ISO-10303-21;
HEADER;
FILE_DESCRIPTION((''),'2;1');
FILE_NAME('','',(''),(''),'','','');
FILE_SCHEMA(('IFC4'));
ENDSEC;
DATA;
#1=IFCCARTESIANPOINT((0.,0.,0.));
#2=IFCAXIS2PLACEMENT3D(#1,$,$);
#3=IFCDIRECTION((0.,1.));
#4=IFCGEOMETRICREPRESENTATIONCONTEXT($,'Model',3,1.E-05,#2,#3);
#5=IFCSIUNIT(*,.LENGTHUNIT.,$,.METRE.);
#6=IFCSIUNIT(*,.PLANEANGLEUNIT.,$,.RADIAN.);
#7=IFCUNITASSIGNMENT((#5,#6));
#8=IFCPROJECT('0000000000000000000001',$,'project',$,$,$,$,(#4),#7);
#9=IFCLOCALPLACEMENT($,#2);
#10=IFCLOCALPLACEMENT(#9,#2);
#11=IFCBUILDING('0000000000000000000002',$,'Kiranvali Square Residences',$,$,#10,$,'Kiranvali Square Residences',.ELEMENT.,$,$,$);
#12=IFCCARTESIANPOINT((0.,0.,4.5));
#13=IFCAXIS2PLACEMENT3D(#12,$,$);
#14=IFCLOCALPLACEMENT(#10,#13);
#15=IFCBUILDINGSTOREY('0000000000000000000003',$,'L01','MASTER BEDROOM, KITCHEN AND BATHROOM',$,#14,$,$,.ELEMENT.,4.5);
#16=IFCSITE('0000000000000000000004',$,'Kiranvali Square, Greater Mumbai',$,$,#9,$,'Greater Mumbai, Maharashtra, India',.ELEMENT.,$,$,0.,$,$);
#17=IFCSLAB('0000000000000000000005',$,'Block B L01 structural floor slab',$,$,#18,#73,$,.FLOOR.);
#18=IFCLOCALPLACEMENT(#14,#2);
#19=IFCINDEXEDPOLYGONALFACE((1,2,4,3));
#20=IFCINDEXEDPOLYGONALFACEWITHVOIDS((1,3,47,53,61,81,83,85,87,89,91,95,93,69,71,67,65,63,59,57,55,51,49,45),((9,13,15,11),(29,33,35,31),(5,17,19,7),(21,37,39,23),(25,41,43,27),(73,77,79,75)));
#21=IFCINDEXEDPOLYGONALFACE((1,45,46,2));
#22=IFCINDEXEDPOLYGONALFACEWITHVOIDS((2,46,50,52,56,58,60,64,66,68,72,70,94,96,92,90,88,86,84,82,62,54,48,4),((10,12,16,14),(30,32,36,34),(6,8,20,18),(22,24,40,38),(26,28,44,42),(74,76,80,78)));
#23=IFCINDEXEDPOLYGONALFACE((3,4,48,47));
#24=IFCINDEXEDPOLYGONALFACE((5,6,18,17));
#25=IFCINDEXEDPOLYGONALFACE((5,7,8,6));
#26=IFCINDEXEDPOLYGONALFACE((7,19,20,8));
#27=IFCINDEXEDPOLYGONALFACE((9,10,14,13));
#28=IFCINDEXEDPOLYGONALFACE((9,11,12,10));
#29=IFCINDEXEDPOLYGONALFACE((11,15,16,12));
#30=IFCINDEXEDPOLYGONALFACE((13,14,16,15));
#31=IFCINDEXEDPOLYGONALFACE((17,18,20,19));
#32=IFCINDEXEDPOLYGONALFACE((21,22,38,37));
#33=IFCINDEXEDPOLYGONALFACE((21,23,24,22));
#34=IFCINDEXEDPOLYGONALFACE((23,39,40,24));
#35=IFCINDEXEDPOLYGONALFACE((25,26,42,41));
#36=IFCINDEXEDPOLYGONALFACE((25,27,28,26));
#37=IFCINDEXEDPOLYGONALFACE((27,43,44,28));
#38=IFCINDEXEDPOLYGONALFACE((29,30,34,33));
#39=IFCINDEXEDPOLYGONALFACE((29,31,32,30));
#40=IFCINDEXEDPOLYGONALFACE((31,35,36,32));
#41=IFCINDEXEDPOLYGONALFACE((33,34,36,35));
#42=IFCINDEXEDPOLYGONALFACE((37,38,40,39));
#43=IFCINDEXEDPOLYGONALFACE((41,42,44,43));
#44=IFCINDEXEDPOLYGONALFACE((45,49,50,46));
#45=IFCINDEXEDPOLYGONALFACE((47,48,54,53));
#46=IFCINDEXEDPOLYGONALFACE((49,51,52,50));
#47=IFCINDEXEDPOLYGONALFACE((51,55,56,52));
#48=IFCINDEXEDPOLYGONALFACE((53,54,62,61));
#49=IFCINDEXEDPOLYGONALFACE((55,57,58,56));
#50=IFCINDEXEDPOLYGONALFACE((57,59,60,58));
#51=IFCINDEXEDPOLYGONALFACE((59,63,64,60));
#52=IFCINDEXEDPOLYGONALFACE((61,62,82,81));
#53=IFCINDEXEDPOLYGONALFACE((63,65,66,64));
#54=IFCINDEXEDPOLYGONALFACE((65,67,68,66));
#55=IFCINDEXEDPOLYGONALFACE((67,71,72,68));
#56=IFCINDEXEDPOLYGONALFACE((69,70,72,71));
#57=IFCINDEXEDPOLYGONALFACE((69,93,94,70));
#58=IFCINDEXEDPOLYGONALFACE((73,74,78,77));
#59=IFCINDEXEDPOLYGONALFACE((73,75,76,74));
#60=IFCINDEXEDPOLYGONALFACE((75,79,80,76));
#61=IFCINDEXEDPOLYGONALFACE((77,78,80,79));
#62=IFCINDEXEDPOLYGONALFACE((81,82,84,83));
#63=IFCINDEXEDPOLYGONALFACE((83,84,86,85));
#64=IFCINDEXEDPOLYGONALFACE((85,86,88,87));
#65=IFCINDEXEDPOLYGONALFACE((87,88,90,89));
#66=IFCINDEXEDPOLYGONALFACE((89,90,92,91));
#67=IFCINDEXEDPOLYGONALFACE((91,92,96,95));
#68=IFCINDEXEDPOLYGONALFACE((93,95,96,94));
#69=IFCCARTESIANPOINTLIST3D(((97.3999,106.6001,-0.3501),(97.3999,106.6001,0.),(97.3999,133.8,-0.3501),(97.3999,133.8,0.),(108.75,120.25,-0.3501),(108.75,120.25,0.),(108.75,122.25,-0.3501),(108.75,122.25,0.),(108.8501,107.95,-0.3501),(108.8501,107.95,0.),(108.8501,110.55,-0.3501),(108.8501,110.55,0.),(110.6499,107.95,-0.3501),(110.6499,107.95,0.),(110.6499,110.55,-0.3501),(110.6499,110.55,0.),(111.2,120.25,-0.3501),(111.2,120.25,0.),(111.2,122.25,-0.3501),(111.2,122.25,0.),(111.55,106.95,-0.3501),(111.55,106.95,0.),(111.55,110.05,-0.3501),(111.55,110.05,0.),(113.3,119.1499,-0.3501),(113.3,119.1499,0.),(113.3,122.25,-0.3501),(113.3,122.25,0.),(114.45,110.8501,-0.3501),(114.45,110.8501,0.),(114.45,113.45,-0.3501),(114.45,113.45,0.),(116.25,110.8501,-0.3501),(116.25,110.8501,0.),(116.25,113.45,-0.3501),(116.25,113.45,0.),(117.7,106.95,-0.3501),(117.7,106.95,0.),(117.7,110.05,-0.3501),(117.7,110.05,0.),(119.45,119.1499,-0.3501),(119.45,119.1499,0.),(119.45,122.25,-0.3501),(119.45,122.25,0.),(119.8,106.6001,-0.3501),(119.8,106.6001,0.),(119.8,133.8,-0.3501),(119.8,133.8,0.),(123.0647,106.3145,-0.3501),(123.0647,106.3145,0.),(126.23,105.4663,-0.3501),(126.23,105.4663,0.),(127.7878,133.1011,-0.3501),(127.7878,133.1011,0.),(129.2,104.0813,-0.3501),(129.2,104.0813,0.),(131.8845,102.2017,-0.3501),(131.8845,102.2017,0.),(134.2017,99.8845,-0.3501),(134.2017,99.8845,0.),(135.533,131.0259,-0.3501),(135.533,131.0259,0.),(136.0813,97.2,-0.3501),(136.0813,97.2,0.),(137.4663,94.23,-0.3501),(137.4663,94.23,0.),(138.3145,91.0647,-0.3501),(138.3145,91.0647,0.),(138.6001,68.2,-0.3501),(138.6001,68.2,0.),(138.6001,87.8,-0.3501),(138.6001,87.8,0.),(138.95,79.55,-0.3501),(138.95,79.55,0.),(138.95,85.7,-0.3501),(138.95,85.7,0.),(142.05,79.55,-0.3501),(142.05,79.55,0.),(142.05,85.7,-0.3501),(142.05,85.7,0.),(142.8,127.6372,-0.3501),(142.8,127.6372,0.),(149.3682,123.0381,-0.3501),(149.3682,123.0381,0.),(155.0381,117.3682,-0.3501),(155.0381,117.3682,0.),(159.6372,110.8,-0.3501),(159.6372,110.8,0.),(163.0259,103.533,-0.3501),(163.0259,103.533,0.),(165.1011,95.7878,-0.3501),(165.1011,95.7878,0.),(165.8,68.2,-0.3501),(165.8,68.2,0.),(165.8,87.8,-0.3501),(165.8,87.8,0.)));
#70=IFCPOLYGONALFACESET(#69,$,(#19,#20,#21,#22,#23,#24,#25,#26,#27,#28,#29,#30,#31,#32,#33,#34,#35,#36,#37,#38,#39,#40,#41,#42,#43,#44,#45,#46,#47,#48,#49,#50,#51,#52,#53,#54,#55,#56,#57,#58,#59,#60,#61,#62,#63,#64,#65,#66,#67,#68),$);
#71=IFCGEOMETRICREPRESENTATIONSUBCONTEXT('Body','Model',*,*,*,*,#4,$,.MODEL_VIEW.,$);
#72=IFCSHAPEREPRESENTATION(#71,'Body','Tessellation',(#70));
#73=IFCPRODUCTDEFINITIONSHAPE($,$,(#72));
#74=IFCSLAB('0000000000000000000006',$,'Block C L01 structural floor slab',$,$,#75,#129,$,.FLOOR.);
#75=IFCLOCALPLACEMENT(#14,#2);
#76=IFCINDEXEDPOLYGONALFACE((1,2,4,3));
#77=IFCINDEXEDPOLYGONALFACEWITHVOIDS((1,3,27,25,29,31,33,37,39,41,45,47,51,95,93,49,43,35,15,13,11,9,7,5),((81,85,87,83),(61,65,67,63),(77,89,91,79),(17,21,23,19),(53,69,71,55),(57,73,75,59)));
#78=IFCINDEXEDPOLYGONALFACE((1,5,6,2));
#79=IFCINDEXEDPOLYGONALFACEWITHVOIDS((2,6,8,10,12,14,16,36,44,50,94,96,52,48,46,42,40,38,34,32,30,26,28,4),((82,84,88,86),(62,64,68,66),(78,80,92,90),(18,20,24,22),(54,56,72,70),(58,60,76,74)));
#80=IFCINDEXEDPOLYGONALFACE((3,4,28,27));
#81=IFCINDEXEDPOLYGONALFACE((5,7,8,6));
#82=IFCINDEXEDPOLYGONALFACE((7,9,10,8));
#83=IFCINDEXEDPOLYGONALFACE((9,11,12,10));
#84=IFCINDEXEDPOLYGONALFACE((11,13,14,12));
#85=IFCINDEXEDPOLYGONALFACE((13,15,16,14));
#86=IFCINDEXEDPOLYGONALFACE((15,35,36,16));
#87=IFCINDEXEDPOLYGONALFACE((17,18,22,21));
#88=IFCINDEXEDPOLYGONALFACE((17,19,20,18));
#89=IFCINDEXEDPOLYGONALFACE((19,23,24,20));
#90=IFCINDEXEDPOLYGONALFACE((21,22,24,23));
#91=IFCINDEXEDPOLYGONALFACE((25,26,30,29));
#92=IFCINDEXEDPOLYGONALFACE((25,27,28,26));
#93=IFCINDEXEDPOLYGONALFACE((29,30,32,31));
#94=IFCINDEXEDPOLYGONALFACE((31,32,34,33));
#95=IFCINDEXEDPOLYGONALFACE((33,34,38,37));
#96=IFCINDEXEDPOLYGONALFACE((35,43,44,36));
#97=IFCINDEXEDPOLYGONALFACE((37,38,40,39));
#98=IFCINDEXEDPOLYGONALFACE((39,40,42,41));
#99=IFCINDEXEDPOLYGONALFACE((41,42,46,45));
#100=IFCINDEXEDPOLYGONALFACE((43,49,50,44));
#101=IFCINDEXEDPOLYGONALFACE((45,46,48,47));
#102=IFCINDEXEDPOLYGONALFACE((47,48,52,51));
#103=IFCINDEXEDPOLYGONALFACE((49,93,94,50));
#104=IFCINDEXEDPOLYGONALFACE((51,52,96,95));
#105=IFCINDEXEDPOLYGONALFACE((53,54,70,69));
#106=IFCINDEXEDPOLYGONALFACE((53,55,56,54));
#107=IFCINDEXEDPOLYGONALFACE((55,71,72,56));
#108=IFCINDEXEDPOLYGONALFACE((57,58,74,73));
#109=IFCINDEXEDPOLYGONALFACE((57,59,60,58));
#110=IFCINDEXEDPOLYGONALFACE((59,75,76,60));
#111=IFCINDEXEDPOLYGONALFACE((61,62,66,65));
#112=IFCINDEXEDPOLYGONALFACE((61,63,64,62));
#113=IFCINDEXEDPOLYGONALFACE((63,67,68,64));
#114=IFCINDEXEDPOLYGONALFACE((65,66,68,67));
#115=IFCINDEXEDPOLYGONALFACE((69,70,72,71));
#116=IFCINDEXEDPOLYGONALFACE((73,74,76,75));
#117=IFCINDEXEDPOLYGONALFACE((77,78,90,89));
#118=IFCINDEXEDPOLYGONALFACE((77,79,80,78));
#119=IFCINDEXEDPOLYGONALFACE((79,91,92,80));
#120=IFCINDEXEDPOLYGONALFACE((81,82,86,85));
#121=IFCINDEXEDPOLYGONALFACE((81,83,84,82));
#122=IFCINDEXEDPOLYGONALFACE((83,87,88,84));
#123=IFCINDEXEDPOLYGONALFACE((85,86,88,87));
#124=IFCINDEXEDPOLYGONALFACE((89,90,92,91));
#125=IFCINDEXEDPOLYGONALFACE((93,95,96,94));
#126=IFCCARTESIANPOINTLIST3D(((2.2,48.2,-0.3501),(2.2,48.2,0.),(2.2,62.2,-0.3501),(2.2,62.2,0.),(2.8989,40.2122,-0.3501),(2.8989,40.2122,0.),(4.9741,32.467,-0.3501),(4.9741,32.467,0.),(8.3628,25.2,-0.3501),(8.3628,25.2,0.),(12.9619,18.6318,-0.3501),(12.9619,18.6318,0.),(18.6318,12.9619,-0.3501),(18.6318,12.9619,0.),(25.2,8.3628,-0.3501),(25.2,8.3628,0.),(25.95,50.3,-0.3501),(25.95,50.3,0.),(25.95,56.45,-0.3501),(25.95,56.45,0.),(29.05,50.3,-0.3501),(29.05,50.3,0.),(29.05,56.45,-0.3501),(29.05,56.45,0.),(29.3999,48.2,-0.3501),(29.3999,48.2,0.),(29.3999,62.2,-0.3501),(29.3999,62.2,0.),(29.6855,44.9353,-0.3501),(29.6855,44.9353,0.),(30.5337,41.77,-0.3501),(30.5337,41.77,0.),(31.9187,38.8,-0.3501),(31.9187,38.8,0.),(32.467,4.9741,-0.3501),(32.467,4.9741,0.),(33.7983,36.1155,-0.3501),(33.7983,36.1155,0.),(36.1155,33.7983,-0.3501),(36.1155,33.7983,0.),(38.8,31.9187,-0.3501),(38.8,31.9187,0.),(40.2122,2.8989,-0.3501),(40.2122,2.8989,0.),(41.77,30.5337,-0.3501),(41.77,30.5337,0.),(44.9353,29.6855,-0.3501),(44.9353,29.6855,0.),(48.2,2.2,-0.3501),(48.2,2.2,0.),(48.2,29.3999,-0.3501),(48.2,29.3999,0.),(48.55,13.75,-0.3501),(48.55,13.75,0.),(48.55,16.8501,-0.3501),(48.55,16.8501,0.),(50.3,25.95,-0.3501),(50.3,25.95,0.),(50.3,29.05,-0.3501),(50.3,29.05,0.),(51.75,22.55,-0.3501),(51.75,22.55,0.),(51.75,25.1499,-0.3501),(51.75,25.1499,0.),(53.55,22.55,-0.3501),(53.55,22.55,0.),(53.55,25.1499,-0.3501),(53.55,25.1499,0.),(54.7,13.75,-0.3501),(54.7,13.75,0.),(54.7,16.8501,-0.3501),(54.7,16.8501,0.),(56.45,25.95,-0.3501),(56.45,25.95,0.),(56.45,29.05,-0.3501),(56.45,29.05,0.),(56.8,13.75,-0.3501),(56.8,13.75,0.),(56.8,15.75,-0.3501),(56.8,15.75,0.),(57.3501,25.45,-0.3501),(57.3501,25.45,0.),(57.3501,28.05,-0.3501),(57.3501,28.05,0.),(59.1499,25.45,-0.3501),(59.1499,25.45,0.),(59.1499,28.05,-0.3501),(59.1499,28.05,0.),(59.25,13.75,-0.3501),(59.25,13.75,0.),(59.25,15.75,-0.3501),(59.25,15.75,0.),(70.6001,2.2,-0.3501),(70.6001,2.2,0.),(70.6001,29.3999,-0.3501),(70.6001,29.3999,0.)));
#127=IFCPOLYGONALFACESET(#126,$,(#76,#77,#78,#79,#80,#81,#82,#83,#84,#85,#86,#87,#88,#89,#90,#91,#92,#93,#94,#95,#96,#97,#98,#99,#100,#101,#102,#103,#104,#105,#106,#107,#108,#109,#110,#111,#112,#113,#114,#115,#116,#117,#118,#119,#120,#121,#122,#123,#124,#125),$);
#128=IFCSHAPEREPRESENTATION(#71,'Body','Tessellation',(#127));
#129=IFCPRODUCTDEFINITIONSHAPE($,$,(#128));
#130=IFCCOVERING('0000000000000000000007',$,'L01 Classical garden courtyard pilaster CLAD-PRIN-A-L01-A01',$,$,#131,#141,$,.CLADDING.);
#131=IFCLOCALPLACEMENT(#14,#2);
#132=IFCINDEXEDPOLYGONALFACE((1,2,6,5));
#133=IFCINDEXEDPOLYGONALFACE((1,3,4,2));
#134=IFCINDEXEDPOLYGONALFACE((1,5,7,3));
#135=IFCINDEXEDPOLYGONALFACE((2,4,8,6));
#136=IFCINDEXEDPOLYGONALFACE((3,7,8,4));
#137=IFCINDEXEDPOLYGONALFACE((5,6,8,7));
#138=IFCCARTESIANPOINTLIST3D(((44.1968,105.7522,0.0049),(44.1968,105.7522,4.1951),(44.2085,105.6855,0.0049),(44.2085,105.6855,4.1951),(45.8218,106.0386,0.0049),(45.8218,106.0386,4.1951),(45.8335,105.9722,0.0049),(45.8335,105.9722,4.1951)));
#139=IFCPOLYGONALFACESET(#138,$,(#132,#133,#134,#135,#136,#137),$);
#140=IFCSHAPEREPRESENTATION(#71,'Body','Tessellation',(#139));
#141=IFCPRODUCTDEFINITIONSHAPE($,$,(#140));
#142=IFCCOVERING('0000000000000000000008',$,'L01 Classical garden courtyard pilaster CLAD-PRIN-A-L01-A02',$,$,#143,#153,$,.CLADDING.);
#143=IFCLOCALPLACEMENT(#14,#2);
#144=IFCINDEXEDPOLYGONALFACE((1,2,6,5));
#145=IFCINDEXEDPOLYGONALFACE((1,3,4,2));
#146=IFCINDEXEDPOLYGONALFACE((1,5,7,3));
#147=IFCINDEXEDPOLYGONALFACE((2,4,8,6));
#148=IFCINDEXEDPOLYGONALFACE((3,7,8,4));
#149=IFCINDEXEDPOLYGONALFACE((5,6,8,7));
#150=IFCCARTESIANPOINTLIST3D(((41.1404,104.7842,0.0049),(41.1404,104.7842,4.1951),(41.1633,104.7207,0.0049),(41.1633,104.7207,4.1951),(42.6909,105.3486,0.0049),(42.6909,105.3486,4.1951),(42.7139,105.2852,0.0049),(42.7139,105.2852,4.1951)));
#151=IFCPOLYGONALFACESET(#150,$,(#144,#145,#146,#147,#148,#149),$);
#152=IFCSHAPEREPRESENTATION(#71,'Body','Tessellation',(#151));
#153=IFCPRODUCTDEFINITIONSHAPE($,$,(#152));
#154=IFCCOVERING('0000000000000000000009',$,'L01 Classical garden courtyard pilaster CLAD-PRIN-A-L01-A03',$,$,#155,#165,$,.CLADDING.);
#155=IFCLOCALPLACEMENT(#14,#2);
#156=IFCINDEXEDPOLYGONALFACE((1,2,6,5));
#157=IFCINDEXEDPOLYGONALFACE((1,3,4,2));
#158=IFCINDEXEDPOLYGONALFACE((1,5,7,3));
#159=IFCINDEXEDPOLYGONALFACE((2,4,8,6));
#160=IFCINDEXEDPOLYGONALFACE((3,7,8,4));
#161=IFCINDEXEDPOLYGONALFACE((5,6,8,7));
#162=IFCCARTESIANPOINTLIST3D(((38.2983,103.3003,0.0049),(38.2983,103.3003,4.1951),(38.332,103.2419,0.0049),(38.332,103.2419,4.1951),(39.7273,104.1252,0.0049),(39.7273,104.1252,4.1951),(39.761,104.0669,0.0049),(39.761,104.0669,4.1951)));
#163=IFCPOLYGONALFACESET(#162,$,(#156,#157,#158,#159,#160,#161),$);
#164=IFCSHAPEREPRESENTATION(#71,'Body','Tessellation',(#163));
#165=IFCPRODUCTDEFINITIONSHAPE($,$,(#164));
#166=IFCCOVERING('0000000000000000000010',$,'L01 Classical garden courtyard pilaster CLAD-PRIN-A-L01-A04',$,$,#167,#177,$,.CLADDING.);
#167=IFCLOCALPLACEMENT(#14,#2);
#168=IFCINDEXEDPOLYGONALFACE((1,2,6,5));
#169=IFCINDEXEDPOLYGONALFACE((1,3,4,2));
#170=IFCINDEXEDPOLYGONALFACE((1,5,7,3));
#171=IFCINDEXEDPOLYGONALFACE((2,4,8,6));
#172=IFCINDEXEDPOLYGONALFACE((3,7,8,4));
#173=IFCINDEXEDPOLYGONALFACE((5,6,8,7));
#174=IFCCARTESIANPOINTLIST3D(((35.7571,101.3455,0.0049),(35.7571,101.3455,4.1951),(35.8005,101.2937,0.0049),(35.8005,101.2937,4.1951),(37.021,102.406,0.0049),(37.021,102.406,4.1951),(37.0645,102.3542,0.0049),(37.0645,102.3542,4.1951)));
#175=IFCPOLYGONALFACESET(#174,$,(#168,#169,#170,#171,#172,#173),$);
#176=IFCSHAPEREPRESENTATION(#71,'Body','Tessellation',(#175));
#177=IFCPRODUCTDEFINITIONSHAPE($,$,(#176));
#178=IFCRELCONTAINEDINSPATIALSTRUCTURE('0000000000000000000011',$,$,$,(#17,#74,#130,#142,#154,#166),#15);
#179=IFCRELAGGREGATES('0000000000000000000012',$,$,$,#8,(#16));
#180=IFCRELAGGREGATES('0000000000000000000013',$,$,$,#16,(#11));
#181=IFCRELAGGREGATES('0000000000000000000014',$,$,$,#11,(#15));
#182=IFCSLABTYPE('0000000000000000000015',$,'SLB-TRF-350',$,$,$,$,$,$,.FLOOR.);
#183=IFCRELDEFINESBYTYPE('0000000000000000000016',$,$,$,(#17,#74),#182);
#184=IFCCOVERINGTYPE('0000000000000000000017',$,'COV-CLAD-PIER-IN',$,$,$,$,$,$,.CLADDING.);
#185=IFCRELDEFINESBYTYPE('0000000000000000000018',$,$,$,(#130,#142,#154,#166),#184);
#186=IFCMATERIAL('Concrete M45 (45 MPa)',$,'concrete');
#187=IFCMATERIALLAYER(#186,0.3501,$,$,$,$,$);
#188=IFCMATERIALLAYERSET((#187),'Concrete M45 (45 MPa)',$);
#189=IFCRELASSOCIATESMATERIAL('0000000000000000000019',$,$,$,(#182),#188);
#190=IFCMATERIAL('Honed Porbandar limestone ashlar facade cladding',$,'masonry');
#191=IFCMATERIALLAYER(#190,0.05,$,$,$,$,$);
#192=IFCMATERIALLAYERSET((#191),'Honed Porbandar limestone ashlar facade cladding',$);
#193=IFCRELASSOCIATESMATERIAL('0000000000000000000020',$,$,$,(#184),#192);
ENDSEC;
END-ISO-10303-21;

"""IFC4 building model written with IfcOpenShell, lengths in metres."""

from ifc_helpers import new_model, si_unit, direction, frame, origin, place, context, subcontext, project, spatial, polyline, outline, extrude, material, layer, layer_set, type_object, element, save


model = new_model("IFC4")

# Units and contexts
model_context = context("Model", 3, precision=1e-05, world=origin(), true_north=direction((0.0, 1.0)))
body_context = subcontext(model_context, "Body", "Model", "MODEL_VIEW")
ifc_project = project(units=[si_unit("LENGTHUNIT", "METRE"), si_unit("PLANEANGLEUNIT", "RADIAN")], contexts=[model_context])

# Site, building, storey
site_placement = place(None, origin())
site = spatial("IfcSite", under=ifc_project, at=site_placement, Name="Kiranvali Square, Greater Mumbai", LongName="Greater Mumbai, Maharashtra, India", CompositionType="ELEMENT", RefElevation=0.0)
building_placement = place(site_placement, origin())
building = spatial("IfcBuilding", under=site, at=building_placement, Name="Kiranvali Square Residences", LongName="Kiranvali Square Residences", CompositionType="ELEMENT")
storey_placement = place(building_placement, frame((0.0, 0.0, 4.5)))
storey = spatial("IfcBuildingStorey", under=building, at=storey_placement, Name="L01", Description="MASTER BEDROOM, KITCHEN AND BATHROOM", CompositionType="ELEMENT", Elevation=4.5)

# Slabs
ifc_material_1 = material(Name="Concrete M45 (45 MPa)", Category="concrete")
ifc_layer_1 = layer(ifc_material_1, 0.3501)
ifc_layer_set_1 = layer_set([ifc_layer_1], Name="Concrete M45 (45 MPa)")
slab_type_1 = type_object("IfcSlabType", Name="SLB-TRF-350", PredefinedType="FLOOR", material=ifc_layer_set_1)
slab_1_placement = place(storey_placement, frame((0.0, 0.0, -0.3501)))
element("IfcSlab", 1, at=slab_1_placement, inside=storey, type_object=slab_type_1, Name="Block B L01 structural floor slab", PredefinedType="FLOOR", context=body_context, shape_type="SweptSolid", body=[
    extrude(outline(polyline([(119.8, 106.6001), (123.0647, 106.3145), (126.23, 105.4663), (129.2, 104.0813), (131.8845, 102.2017), (134.2017, 99.8845), (136.0813, 97.2), (137.4663, 94.23), (138.3145, 91.0647), (138.6001, 87.8), (138.6001, 68.2), (165.8, 68.2), (165.8, 87.8), (165.1011, 95.7878), (163.0259, 103.533), (159.6372, 110.8), (155.0381, 117.3682), (149.3682, 123.0381), (142.8, 127.6372), (135.533, 131.0259), (127.7878, 133.1011), (119.8, 133.8), (97.3999, 133.8), (97.3999, 106.6001), (119.8, 106.6001)]), holes=[polyline([(108.75, 120.25), (111.2, 120.25), (111.2, 122.25), (108.75, 122.25), (108.75, 120.25)]), polyline([(108.8501, 107.95), (110.6499, 107.95), (110.6499, 110.55), (108.8501, 110.55), (108.8501, 107.95)]), polyline([(114.45, 110.8501), (116.25, 110.8501), (116.25, 113.45), (114.45, 113.45), (114.45, 110.8501)]), polyline([(113.3, 119.1499), (119.45, 119.1499), (119.45, 122.25), (113.3, 122.25), (113.3, 119.1499)]), polyline([(117.7, 110.05), (111.55, 110.05), (111.55, 106.95), (117.7, 106.95), (117.7, 110.05)]), polyline([(138.95, 85.7), (138.95, 79.55), (142.05, 79.55), (142.05, 85.7), (138.95, 85.7)])]), origin(), (0.0, 0.0, 1.0), 0.3501),
])
slab_2_placement = place(storey_placement, frame((0.0, 0.0, -0.3501)))
element("IfcSlab", 2, at=slab_2_placement, inside=storey, type_object=slab_type_1, Name="Block C L01 structural floor slab", PredefinedType="FLOOR", context=body_context, shape_type="SweptSolid", body=[
    extrude(outline(polyline([(48.2, 29.3999), (44.9353, 29.6855), (41.77, 30.5337), (38.8, 31.9187), (36.1155, 33.7983), (33.7983, 36.1155), (31.9187, 38.8), (30.5337, 41.77), (29.6855, 44.9353), (29.3999, 48.2), (29.3999, 62.2), (2.2, 62.2), (2.2, 48.2), (2.8989, 40.2122), (4.9741, 32.467), (8.3628, 25.2), (12.9619, 18.6318), (18.6318, 12.9619), (25.2, 8.3628), (32.467, 4.9741), (40.2122, 2.8989), (48.2, 2.2), (70.6001, 2.2), (70.6001, 29.3999), (48.2, 29.3999)]), holes=[polyline([(56.8, 13.75), (59.25, 13.75), (59.25, 15.75), (56.8, 15.75), (56.8, 13.75)]), polyline([(57.3501, 25.45), (59.1499, 25.45), (59.1499, 28.05), (57.3501, 28.05), (57.3501, 25.45)]), polyline([(51.75, 22.55), (53.55, 22.55), (53.55, 25.1499), (51.75, 25.1499), (51.75, 22.55)]), polyline([(54.7, 16.8501), (48.55, 16.8501), (48.55, 13.75), (54.7, 13.75), (54.7, 16.8501)]), polyline([(50.3, 25.95), (56.45, 25.95), (56.45, 29.05), (50.3, 29.05), (50.3, 25.95)]), polyline([(29.05, 50.3), (29.05, 56.45), (25.95, 56.45), (25.95, 50.3), (29.05, 50.3)])]), origin(), (0.0, 0.0, 1.0), 0.3501),
])

# Coverings
ifc_material_2 = material(Name="Honed Porbandar limestone ashlar facade cladding", Category="masonry")
ifc_layer_2 = layer(ifc_material_2, 0.05)
ifc_layer_set_2 = layer_set([ifc_layer_2], Name="Honed Porbandar limestone ashlar facade cladding")
covering_type_1 = type_object("IfcCoveringType", Name="COV-CLAD-PIER-IN", PredefinedType="CLADDING", material=ifc_layer_set_2)
covering_1_placement = place(storey_placement, frame((0.0, 0.0, 0.0049)))
element("IfcCovering", 3, at=covering_1_placement, inside=storey, type_object=covering_type_1, Name="L01 Classical garden courtyard pilaster CLAD-PRIN-A-L01-A01", PredefinedType="CLADDING", context=body_context, shape_type="SweptSolid", body=[
    extrude(outline(polyline([(44.2085, 105.6855), (45.8335, 105.9722), (45.8218, 106.0386), (44.1968, 105.7522), (44.2085, 105.6855)])), origin(), (0.0, 0.0, 1.0), 4.1902),
])
covering_2_placement = place(storey_placement, frame((0.0, 0.0, 0.0049)))
element("IfcCovering", 4, at=covering_2_placement, inside=storey, type_object=covering_type_1, Name="L01 Classical garden courtyard pilaster CLAD-PRIN-A-L01-A02", PredefinedType="CLADDING", context=body_context, shape_type="SweptSolid", body=[
    extrude(outline(polyline([(41.1633, 104.7207), (42.7139, 105.2852), (42.6909, 105.3486), (41.1404, 104.7842), (41.1633, 104.7207)])), origin(), (0.0, 0.0, 1.0), 4.1902),
])
covering_3_placement = place(storey_placement, frame((0.0, 0.0, 0.0049)))
element("IfcCovering", 5, at=covering_3_placement, inside=storey, type_object=covering_type_1, Name="L01 Classical garden courtyard pilaster CLAD-PRIN-A-L01-A03", PredefinedType="CLADDING", context=body_context, shape_type="SweptSolid", body=[
    extrude(outline(polyline([(38.332, 103.2419), (39.761, 104.0669), (39.7273, 104.1252), (38.2983, 103.3003), (38.332, 103.2419)])), origin(), (0.0, 0.0, 1.0), 4.1902),
])
covering_4_placement = place(storey_placement, frame((0.0, 0.0, 0.0049)))
element("IfcCovering", 6, at=covering_4_placement, inside=storey, type_object=covering_type_1, Name="L01 Classical garden courtyard pilaster CLAD-PRIN-A-L01-A04", PredefinedType="CLADDING", context=body_context, shape_type="SweptSolid", body=[
    extrude(outline(polyline([(35.8005, 101.2937), (37.0645, 102.3542), (37.021, 102.406), (35.7571, 101.3455), (35.8005, 101.2937)])), origin(), (0.0, 0.0, 1.0), 4.1902),
])

save(model, "model.ifc")
